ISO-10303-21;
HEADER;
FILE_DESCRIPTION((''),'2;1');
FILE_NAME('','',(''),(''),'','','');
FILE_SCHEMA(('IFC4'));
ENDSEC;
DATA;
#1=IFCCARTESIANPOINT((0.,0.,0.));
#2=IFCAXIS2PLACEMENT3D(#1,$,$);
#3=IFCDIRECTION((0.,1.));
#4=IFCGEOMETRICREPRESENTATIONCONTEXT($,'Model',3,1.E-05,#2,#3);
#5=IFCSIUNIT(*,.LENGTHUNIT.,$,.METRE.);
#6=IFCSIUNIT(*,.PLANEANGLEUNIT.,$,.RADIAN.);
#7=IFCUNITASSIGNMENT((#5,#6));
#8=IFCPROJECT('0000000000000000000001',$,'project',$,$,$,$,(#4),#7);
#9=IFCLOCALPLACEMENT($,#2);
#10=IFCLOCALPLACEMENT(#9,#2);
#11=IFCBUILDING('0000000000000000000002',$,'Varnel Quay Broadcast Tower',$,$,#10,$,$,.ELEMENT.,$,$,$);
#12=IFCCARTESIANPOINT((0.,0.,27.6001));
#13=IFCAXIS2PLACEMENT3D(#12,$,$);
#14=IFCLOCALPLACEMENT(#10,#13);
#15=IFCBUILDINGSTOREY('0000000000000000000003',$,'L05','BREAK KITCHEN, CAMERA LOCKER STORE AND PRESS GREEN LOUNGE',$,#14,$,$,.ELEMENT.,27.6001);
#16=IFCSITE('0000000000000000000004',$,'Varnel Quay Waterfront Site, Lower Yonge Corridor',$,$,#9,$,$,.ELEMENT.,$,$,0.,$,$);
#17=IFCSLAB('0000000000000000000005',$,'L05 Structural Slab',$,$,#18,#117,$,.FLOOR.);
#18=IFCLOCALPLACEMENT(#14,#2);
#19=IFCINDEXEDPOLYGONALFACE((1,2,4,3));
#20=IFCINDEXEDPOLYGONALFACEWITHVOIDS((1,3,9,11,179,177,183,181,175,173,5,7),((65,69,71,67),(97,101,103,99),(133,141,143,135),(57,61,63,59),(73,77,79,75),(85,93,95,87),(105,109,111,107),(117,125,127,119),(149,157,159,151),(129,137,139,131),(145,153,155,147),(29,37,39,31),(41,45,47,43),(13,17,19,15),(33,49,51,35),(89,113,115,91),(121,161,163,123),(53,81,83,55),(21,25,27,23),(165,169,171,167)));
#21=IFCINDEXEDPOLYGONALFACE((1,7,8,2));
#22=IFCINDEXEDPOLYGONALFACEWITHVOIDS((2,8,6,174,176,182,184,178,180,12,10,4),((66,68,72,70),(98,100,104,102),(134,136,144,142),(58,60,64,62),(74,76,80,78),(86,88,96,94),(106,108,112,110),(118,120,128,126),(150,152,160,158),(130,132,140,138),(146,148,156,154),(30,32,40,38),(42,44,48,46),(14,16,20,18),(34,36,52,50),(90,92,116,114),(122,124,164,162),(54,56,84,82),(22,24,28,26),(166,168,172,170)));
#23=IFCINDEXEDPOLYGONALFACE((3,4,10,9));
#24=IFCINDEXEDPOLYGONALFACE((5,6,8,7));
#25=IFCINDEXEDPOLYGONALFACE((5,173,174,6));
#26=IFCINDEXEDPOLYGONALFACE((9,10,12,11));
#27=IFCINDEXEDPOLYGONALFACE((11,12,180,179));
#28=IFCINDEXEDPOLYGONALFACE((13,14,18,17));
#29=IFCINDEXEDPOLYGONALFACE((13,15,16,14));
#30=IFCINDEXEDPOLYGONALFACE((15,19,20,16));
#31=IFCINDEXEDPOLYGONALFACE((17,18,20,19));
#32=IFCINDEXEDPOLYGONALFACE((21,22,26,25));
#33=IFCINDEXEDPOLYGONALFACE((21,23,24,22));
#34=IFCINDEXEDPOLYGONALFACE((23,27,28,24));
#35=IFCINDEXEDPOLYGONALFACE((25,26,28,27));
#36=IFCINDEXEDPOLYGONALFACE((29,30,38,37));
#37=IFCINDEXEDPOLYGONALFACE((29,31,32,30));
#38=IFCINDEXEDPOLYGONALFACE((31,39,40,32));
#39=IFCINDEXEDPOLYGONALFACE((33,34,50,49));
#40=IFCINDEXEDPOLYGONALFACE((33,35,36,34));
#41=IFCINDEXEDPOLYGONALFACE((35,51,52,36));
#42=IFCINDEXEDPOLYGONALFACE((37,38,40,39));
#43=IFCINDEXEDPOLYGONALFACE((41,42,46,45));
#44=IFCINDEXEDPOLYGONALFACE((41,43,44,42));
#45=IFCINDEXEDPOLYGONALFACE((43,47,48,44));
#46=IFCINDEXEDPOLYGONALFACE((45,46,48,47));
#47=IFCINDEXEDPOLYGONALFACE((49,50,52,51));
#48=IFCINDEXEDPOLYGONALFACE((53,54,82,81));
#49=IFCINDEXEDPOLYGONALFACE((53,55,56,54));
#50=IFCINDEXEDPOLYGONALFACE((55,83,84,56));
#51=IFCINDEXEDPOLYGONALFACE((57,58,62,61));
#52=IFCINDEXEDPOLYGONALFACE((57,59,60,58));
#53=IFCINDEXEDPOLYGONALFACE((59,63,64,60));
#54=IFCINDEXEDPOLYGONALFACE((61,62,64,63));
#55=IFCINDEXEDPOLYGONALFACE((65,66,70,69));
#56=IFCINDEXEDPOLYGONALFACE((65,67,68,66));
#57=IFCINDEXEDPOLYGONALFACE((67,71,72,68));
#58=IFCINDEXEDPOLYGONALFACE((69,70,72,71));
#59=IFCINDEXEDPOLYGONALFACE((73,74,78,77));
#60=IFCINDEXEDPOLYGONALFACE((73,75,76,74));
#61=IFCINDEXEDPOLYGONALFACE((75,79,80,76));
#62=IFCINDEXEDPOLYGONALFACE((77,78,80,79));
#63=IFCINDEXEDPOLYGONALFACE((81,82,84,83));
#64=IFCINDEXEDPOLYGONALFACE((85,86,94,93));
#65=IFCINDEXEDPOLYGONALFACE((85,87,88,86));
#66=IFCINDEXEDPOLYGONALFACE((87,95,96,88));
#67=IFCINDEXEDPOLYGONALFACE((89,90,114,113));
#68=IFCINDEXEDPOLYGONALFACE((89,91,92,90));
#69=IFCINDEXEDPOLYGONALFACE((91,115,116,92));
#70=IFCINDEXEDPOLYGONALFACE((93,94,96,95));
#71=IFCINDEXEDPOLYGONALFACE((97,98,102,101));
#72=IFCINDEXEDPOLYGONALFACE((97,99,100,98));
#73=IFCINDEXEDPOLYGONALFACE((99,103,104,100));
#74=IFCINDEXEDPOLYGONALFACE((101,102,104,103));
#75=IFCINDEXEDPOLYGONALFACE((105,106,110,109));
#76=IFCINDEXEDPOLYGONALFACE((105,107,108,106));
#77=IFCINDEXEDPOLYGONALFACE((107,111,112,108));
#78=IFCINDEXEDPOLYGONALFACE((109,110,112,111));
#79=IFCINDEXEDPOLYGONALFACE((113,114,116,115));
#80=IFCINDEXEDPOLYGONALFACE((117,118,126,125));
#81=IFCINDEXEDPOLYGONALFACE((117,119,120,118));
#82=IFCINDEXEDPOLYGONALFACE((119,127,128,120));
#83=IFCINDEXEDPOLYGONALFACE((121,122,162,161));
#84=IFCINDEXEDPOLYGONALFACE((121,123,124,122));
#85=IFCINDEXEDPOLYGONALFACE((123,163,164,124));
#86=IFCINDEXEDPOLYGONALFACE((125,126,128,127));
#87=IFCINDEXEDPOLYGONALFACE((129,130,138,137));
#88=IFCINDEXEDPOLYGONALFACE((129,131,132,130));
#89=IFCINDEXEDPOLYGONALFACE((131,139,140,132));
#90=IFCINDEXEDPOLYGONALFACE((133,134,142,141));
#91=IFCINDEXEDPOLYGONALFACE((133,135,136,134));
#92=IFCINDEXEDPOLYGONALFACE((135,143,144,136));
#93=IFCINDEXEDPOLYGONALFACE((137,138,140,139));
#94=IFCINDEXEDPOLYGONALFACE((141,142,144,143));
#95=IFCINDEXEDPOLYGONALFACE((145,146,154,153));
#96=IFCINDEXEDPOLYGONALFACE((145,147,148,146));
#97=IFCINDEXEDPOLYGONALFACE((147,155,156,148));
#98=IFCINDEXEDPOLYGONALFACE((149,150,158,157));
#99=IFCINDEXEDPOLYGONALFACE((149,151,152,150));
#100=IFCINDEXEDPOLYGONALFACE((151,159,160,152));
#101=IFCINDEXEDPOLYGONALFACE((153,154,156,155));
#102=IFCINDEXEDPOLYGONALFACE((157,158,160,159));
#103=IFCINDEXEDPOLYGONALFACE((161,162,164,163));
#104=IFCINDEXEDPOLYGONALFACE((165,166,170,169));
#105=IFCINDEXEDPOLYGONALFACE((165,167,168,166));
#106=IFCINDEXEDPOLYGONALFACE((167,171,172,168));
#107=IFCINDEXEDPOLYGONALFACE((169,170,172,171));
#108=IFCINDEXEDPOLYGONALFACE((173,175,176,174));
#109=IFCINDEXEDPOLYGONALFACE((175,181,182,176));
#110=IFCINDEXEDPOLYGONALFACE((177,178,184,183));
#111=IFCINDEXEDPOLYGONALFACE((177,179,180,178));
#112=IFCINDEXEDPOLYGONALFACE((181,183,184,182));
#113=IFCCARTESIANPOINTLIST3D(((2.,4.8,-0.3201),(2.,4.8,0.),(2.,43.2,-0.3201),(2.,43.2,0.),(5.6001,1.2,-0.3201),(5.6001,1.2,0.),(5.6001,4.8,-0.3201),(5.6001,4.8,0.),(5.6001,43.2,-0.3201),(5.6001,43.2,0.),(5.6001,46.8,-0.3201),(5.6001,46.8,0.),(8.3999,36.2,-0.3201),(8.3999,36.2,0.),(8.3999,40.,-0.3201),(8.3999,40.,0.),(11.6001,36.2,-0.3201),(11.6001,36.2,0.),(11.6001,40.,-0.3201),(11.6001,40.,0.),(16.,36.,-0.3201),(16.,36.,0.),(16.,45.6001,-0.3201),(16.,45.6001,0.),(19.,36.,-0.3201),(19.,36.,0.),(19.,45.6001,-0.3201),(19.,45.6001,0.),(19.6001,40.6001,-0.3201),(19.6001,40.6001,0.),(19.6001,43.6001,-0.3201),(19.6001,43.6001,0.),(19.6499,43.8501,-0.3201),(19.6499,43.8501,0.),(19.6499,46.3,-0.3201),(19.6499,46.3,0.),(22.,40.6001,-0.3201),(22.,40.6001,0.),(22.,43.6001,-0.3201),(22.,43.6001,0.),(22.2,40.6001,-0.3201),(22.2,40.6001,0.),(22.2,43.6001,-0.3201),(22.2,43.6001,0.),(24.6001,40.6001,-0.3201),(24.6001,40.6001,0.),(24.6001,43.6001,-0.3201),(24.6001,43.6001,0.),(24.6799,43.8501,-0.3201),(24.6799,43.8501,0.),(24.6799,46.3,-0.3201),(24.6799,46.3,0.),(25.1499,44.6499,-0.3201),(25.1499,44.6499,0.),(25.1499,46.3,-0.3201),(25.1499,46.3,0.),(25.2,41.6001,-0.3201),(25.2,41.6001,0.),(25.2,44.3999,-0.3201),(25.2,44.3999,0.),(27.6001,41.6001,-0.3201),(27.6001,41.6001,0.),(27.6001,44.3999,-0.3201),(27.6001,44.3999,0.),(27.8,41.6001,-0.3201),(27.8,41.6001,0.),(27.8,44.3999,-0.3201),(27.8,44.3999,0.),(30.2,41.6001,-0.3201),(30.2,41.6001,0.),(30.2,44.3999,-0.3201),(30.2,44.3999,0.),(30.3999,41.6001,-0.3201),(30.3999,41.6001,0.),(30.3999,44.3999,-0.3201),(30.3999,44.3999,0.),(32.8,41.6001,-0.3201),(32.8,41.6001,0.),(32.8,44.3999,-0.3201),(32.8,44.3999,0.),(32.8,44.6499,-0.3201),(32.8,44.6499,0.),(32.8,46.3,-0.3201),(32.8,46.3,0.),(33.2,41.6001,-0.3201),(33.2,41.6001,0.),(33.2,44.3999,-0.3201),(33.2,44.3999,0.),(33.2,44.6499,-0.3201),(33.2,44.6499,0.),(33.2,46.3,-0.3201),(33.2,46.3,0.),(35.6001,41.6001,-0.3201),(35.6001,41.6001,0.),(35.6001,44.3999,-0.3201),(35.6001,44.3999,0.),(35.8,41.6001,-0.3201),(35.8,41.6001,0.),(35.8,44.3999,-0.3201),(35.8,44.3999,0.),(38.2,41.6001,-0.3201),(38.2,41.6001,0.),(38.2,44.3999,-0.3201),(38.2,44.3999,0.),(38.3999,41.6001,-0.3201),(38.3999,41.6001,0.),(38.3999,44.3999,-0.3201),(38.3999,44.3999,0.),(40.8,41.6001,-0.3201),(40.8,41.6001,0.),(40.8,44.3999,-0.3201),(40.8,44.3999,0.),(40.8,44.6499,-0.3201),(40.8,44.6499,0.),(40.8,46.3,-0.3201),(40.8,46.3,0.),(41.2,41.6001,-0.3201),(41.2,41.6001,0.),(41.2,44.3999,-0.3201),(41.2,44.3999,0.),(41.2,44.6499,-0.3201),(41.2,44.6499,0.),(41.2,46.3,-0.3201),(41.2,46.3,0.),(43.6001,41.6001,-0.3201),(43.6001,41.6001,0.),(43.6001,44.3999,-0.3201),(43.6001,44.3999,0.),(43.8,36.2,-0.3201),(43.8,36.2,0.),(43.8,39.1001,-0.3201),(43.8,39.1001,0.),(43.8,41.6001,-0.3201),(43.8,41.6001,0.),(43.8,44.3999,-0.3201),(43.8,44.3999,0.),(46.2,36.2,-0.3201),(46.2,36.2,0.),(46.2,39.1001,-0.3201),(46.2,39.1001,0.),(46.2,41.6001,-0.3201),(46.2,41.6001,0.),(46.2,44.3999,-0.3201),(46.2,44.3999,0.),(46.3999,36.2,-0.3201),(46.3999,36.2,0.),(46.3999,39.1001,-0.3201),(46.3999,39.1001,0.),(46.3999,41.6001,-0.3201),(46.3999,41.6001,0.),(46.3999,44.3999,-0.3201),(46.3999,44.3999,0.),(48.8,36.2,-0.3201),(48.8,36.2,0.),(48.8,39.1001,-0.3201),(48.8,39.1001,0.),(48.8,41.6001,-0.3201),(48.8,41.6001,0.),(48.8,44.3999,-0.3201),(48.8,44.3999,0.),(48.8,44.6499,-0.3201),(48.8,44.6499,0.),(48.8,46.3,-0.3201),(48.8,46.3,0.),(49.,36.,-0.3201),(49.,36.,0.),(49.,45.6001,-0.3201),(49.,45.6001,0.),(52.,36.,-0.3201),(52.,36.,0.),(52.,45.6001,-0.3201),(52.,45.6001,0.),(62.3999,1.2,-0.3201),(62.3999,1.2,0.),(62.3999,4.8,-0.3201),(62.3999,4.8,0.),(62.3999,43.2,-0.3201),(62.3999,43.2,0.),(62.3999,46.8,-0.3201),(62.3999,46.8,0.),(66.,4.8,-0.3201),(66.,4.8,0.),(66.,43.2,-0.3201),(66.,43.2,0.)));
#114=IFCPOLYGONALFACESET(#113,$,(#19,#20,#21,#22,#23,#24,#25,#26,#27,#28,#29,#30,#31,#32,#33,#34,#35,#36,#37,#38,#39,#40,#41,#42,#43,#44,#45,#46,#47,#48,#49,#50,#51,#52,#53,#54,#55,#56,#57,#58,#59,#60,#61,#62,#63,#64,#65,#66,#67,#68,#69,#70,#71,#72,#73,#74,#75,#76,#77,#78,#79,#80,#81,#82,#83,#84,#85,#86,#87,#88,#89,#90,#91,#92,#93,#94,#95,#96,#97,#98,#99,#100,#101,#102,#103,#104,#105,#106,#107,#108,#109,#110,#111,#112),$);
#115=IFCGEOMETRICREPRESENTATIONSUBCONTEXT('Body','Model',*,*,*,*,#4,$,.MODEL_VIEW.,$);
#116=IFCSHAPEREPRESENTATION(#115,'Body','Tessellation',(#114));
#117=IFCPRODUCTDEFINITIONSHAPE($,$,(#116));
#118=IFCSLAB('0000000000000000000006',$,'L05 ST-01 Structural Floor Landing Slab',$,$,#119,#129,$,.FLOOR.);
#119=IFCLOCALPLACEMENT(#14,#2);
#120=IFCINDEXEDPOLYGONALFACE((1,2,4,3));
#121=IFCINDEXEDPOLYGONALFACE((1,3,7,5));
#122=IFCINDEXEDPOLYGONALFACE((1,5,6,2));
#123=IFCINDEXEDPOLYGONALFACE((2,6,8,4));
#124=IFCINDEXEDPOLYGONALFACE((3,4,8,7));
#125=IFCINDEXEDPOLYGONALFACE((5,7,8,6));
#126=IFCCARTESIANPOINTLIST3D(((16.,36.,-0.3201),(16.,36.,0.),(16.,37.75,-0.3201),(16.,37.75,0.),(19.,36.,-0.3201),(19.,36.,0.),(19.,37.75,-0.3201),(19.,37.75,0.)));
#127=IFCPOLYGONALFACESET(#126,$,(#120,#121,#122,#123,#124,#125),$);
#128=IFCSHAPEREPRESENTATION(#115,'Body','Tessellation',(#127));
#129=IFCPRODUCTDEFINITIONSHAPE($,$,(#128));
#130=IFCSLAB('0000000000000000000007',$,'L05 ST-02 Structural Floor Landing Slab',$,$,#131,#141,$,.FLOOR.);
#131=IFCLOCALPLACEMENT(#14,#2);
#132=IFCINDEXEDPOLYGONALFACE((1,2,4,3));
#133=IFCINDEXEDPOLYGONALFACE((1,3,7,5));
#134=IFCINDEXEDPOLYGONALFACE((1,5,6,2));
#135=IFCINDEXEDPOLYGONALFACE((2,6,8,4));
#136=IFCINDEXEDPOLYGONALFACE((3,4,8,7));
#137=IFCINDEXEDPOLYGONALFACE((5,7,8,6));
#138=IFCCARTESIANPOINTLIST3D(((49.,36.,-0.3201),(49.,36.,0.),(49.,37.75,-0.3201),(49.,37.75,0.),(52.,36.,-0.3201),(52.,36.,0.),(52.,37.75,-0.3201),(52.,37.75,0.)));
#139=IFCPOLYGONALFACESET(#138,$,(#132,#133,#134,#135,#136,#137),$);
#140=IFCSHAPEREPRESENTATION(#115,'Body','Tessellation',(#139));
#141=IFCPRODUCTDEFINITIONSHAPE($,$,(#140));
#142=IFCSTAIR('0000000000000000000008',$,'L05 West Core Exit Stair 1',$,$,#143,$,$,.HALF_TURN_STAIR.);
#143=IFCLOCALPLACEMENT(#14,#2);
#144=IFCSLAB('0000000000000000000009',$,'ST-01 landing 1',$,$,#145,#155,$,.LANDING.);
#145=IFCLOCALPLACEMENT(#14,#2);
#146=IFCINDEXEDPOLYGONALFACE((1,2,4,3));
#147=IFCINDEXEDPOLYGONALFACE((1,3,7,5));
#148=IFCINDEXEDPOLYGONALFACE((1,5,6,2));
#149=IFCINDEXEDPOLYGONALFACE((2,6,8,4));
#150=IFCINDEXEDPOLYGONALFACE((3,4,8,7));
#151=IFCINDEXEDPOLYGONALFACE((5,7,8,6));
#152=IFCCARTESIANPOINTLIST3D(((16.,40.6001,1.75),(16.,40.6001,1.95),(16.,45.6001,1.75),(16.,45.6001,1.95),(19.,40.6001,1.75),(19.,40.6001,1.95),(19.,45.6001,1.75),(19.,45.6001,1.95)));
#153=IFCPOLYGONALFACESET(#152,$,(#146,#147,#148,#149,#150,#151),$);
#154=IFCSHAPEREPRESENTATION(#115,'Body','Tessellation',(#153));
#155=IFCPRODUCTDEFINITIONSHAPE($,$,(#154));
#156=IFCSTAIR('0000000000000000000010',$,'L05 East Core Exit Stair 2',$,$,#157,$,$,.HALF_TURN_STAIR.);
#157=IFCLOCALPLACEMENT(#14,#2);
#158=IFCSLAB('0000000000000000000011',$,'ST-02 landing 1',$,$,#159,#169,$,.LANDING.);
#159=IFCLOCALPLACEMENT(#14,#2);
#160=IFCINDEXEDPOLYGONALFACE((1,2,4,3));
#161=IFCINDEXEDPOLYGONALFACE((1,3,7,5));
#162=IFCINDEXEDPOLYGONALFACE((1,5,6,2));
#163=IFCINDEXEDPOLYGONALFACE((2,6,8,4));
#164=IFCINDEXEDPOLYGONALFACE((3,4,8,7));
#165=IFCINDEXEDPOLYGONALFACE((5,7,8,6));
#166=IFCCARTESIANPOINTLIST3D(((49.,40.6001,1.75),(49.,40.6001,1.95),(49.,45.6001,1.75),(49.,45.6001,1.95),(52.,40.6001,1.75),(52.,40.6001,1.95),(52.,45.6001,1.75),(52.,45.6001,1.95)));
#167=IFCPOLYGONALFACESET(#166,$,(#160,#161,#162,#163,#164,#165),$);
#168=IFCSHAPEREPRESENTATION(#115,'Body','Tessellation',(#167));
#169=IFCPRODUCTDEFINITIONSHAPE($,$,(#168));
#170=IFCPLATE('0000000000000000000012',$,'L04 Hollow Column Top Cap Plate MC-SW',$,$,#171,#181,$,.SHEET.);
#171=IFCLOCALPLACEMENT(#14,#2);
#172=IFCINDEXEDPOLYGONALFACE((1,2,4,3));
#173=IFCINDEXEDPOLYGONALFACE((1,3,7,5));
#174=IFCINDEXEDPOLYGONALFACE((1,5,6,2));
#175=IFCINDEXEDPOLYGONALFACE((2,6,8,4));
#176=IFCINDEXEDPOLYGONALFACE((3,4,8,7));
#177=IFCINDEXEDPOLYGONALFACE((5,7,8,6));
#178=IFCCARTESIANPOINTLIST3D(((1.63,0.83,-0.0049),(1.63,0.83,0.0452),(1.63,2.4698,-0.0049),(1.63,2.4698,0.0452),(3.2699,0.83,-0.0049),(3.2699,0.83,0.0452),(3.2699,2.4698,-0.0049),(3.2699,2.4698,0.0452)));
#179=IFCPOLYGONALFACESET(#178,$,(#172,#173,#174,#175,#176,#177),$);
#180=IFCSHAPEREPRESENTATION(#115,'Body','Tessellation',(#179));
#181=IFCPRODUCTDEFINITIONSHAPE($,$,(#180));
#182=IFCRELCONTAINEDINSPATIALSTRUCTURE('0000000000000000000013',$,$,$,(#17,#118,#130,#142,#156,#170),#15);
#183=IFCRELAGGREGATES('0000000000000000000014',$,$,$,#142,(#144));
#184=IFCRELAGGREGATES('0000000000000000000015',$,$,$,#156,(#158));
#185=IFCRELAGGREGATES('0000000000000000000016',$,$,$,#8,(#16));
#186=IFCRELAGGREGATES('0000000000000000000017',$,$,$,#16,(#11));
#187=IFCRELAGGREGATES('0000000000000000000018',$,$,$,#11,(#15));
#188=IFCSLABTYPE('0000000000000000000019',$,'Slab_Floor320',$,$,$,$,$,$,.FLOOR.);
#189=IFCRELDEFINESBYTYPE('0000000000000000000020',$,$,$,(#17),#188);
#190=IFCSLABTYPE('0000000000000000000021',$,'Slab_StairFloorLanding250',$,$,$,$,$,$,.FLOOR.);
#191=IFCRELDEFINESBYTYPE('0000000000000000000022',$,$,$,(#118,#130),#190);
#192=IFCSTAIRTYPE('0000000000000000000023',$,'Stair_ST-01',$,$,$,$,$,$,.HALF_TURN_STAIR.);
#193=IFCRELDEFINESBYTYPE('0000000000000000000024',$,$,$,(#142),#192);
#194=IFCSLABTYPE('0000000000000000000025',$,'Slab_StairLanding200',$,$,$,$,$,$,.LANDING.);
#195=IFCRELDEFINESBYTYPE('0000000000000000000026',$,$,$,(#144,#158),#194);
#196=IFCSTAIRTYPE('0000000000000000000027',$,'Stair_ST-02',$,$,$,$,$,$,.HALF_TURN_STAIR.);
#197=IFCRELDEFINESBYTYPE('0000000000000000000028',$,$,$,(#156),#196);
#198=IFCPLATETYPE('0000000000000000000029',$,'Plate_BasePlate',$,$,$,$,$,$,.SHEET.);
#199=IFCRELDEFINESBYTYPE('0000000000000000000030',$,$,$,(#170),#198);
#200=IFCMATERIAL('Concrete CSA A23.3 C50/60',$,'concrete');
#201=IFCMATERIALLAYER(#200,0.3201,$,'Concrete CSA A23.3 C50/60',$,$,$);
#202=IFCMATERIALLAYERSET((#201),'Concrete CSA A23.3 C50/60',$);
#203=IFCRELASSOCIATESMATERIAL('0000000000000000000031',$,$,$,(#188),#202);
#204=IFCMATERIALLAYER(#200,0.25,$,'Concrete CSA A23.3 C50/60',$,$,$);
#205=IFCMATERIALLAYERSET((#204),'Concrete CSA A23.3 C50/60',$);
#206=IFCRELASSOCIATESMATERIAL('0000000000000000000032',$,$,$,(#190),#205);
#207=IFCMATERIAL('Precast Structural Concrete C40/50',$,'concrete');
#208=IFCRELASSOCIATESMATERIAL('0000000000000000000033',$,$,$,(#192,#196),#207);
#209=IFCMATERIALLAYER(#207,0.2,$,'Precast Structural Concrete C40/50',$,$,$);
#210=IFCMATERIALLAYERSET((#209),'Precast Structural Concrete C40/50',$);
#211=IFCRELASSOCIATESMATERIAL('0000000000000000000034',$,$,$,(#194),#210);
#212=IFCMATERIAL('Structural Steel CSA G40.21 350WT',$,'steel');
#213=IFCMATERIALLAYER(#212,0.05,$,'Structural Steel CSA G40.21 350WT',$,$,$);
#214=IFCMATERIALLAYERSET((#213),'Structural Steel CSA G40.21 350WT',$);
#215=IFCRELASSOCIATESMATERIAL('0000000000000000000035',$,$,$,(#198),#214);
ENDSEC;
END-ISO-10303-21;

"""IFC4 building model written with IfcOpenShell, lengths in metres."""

from ifc_helpers import new_model, si_unit, direction, frame, origin, origin_2d, place, context, subcontext, project, spatial, polyline, rectangle, outline, extrude, source, transform, mapped, material, layer, layer_set, type_object, type_shapes, element, aggregate, save


model = new_model("IFC4")

# Units and contexts
model_context = context("Model", 3, precision=1e-05, world=origin(), true_north=direction((0.0, 1.0)))
body_context = subcontext(model_context, "Body", "Model", "MODEL_VIEW")
ifc_project = project(units=[si_unit("LENGTHUNIT", "METRE"), si_unit("PLANEANGLEUNIT", "RADIAN")], contexts=[model_context])

# Site, building, storey
site_placement = place(None, origin())
site = spatial("IfcSite", under=ifc_project, at=site_placement, Name="Varnel Quay Waterfront Site, Lower Yonge Corridor", CompositionType="ELEMENT", RefElevation=0.0)
building_placement = place(site_placement, origin())
building = spatial("IfcBuilding", under=site, at=building_placement, Name="Varnel Quay Broadcast Tower", CompositionType="ELEMENT")
storey_placement = place(building_placement, frame((0.0, 0.0, 27.6001)))
storey = spatial("IfcBuildingStorey", under=building, at=storey_placement, Name="L05", Description="BREAK KITCHEN, CAMERA LOCKER STORE AND PRESS GREEN LOUNGE", CompositionType="ELEMENT", Elevation=27.6001)

# Slabs
ifc_material_1 = material(Name="Concrete CSA A23.3 C50/60", Category="concrete")
ifc_layer_1 = layer(ifc_material_1, 0.3201, Name="Concrete CSA A23.3 C50/60")
ifc_layer_set_1 = layer_set([ifc_layer_1], Name="Concrete CSA A23.3 C50/60")
slab_type_1 = type_object("IfcSlabType", Name="Slab_Floor320", PredefinedType="FLOOR", material=ifc_layer_set_1)
slab_1_placement = place(storey_placement, frame((0.0, 0.0, -0.3201)))
element("IfcSlab", 1, at=slab_1_placement, inside=storey, type_object=slab_type_1, Name="L05 Structural Slab", PredefinedType="FLOOR", context=body_context, shape_type="SweptSolid", body=[
    extrude(outline(polyline([(5.6001, 1.2), (62.3999, 1.2), (62.3999, 4.8), (66.0, 4.8), (66.0, 43.2), (62.3999, 43.2), (62.3999, 46.8), (5.6001, 46.8), (5.6001, 43.2), (2.0, 43.2), (2.0, 4.8), (5.6001, 4.8), (5.6001, 1.2)]), holes=[polyline([(8.3999, 40.0), (11.6001, 40.0), (11.6001, 36.2), (8.3999, 36.2), (8.3999, 40.0)]), polyline([(16.0, 36.0), (16.0, 45.6001), (19.0, 45.6001), (19.0, 36.0), (16.0, 36.0)]), polyline([(19.6001, 43.6001), (22.0, 43.6001), (22.0, 40.6001), (19.6001, 40.6001), (19.6001, 43.6001)]), polyline([(24.6001, 43.6001), (24.6001, 40.6001), (22.2, 40.6001), (22.2, 43.6001), (24.6001, 43.6001)]), polyline([(27.6001, 44.3999), (27.6001, 41.6001), (25.2, 41.6001), (25.2, 44.3999), (27.6001, 44.3999)]), polyline([(27.8, 44.3999), (30.2, 44.3999), (30.2, 41.6001), (27.8, 41.6001), (27.8, 44.3999)]), polyline([(30.3999, 44.3999), (32.8, 44.3999), (32.8, 41.6001), (30.3999, 41.6001), (30.3999, 44.3999)]), polyline([(33.2, 44.3999), (35.6001, 44.3999), (35.6001, 41.6001), (33.2, 41.6001), (33.2, 44.3999)]), polyline([(24.6799, 46.3), (24.6799, 43.8501), (19.6499, 43.8501), (19.6499, 46.3), (24.6799, 46.3)]), polyline([(32.8, 46.3), (32.8, 44.6499), (25.1499, 44.6499), (25.1499, 46.3), (32.8, 46.3)]), polyline([(43.8, 39.1001), (46.2, 39.1001), (46.2, 36.2), (43.8, 36.2), (43.8, 39.1001)]), polyline([(46.3999, 39.1001), (48.8, 39.1001), (48.8, 36.2), (46.3999, 36.2), (46.3999, 39.1001)]), polyline([(49.0, 36.0), (49.0, 45.6001), (52.0, 45.6001), (52.0, 36.0), (49.0, 36.0)]), polyline([(38.2, 44.3999), (38.2, 41.6001), (35.8, 41.6001), (35.8, 44.3999), (38.2, 44.3999)]), polyline([(40.8, 44.3999), (40.8, 41.6001), (38.3999, 41.6001), (38.3999, 44.3999), (40.8, 44.3999)]), polyline([(41.2, 44.3999), (43.6001, 44.3999), (43.6001, 41.6001), (41.2, 41.6001), (41.2, 44.3999)]), polyline([(43.8, 44.3999), (46.2, 44.3999), (46.2, 41.6001), (43.8, 41.6001), (43.8, 44.3999)]), polyline([(46.3999, 44.3999), (48.8, 44.3999), (48.8, 41.6001), (46.3999, 41.6001), (46.3999, 44.3999)]), polyline([(40.8, 46.3), (40.8, 44.6499), (33.2, 44.6499), (33.2, 46.3), (40.8, 46.3)]), polyline([(48.8, 46.3), (48.8, 44.6499), (41.2, 44.6499), (41.2, 46.3), (48.8, 46.3)])]), origin(), (0.0, 0.0, 1.0), 0.3201),
])
ifc_layer_2 = layer(ifc_material_1, 0.25, Name="Concrete CSA A23.3 C50/60")
ifc_layer_set_2 = layer_set([ifc_layer_2], Name="Concrete CSA A23.3 C50/60")
slab_type_2 = type_object("IfcSlabType", Name="Slab_StairFloorLanding250", PredefinedType="FLOOR", material=ifc_layer_set_2)
slab_2_placement = place(storey_placement, frame((0.0, 0.0, -0.3201)))
element("IfcSlab", 2, at=slab_2_placement, inside=storey, type_object=slab_type_2, Name="L05 ST-01 Structural Floor Landing Slab", PredefinedType="FLOOR", context=body_context, shape_type="SweptSolid", body=[
    extrude(outline(polyline([(19.0, 36.0), (19.0, 37.75), (16.0, 37.75), (16.0, 36.0), (19.0, 36.0)])), origin(), (0.0, 0.0, 1.0), 0.3201),
])
slab_3_placement = place(storey_placement, frame((0.0, 0.0, -0.3201)))
element("IfcSlab", 3, at=slab_3_placement, inside=storey, type_object=slab_type_2, Name="L05 ST-02 Structural Floor Landing Slab", PredefinedType="FLOOR", context=body_context, shape_type="SweptSolid", body=[
    extrude(outline(polyline([(52.0, 36.0), (52.0, 37.75), (49.0, 37.75), (49.0, 36.0), (52.0, 36.0)])), origin(), (0.0, 0.0, 1.0), 0.3201),
])

# Stairs, slabs
ifc_material_2 = material(Name="Precast Structural Concrete C40/50", Category="concrete")
stair_type_1 = type_object("IfcStairType", Name="Stair_ST-01", PredefinedType="HALF_TURN_STAIR", material=ifc_material_2)
stair_1_placement = place(storey_placement, origin())
stair_1 = element("IfcStair", 4, at=stair_1_placement, inside=storey, type_object=stair_type_1, Name="L05 West Core Exit Stair 1", PredefinedType="HALF_TURN_STAIR")
ifc_layer_3 = layer(ifc_material_2, 0.2, Name="Precast Structural Concrete C40/50")
ifc_layer_set_3 = layer_set([ifc_layer_3], Name="Precast Structural Concrete C40/50")
slab_type_3 = type_object("IfcSlabType", Name="Slab_StairLanding200", PredefinedType="LANDING", material=ifc_layer_set_3)
slab_4_placement = place(storey_placement, frame((0.0, 0.0, 1.75)))
slab_4 = element("IfcSlab", 5, at=slab_4_placement, type_object=slab_type_3, Name="ST-01 landing 1", PredefinedType="LANDING", context=body_context, shape_type="SweptSolid", body=[
    extrude(outline(polyline([(19.0, 40.6001), (19.0, 45.6001), (16.0, 45.6001), (16.0, 40.6001), (19.0, 40.6001)])), origin(), (0.0, 0.0, 1.0), 0.2),
])
aggregate(stair_1, [slab_4])
stair_type_2 = type_object("IfcStairType", Name="Stair_ST-02", PredefinedType="HALF_TURN_STAIR", material=ifc_material_2)
stair_2_placement = place(storey_placement, origin())
stair_2 = element("IfcStair", 6, at=stair_2_placement, inside=storey, type_object=stair_type_2, Name="L05 East Core Exit Stair 2", PredefinedType="HALF_TURN_STAIR")
slab_5_placement = place(storey_placement, frame((0.0, 0.0, 1.75)))
slab_5 = element("IfcSlab", 7, at=slab_5_placement, type_object=slab_type_3, Name="ST-02 landing 1", PredefinedType="LANDING", context=body_context, shape_type="SweptSolid", body=[
    extrude(outline(polyline([(52.0, 40.6001), (52.0, 45.6001), (49.0, 45.6001), (49.0, 40.6001), (52.0, 40.6001)])), origin(), (0.0, 0.0, 1.0), 0.2),
])
aggregate(stair_2, [slab_5])

# Plate
ifc_material_3 = material(Name="Structural Steel CSA G40.21 350WT", Category="steel")
ifc_layer_4 = layer(ifc_material_3, 0.05, Name="Structural Steel CSA G40.21 350WT")
ifc_layer_set_4 = layer_set([ifc_layer_4], Name="Structural Steel CSA G40.21 350WT")
plate_type_1 = type_object("IfcPlateType", Name="Plate_BasePlate", PredefinedType="SHEET", material=ifc_layer_set_4)
shared_shape_1 = source(origin(), body_context, "Body", "SweptSolid", [
    extrude(rectangle(XDim=1.6399, YDim=1.6399, at=origin_2d()), origin(), (0.0, 0.0, 1.0), 0.05),
])
type_shapes(plate_type_1, [shared_shape_1])
plate_1_placement = place(storey_placement, frame((2.45, 1.6499, -0.0049), z_axis=(0.0, 0.0, 1.0), x_axis=(1.0, 0.0, 0.0)))
element("IfcPlate", 8, at=plate_1_placement, inside=storey, type_object=plate_type_1, Name="L04 Hollow Column Top Cap Plate MC-SW", PredefinedType="SHEET", context=body_context, shape_type="MappedRepresentation", body=[
    mapped(shared_shape_1, transform((0.0, 0.0, 0.0), x_axis=(1.0, 0.0, 0.0), y_axis=(0.0, 1.0, 0.0), z_axis=(0.0, 0.0, 1.0), scale=1.0)),
])

save(model, "model.ifc")
